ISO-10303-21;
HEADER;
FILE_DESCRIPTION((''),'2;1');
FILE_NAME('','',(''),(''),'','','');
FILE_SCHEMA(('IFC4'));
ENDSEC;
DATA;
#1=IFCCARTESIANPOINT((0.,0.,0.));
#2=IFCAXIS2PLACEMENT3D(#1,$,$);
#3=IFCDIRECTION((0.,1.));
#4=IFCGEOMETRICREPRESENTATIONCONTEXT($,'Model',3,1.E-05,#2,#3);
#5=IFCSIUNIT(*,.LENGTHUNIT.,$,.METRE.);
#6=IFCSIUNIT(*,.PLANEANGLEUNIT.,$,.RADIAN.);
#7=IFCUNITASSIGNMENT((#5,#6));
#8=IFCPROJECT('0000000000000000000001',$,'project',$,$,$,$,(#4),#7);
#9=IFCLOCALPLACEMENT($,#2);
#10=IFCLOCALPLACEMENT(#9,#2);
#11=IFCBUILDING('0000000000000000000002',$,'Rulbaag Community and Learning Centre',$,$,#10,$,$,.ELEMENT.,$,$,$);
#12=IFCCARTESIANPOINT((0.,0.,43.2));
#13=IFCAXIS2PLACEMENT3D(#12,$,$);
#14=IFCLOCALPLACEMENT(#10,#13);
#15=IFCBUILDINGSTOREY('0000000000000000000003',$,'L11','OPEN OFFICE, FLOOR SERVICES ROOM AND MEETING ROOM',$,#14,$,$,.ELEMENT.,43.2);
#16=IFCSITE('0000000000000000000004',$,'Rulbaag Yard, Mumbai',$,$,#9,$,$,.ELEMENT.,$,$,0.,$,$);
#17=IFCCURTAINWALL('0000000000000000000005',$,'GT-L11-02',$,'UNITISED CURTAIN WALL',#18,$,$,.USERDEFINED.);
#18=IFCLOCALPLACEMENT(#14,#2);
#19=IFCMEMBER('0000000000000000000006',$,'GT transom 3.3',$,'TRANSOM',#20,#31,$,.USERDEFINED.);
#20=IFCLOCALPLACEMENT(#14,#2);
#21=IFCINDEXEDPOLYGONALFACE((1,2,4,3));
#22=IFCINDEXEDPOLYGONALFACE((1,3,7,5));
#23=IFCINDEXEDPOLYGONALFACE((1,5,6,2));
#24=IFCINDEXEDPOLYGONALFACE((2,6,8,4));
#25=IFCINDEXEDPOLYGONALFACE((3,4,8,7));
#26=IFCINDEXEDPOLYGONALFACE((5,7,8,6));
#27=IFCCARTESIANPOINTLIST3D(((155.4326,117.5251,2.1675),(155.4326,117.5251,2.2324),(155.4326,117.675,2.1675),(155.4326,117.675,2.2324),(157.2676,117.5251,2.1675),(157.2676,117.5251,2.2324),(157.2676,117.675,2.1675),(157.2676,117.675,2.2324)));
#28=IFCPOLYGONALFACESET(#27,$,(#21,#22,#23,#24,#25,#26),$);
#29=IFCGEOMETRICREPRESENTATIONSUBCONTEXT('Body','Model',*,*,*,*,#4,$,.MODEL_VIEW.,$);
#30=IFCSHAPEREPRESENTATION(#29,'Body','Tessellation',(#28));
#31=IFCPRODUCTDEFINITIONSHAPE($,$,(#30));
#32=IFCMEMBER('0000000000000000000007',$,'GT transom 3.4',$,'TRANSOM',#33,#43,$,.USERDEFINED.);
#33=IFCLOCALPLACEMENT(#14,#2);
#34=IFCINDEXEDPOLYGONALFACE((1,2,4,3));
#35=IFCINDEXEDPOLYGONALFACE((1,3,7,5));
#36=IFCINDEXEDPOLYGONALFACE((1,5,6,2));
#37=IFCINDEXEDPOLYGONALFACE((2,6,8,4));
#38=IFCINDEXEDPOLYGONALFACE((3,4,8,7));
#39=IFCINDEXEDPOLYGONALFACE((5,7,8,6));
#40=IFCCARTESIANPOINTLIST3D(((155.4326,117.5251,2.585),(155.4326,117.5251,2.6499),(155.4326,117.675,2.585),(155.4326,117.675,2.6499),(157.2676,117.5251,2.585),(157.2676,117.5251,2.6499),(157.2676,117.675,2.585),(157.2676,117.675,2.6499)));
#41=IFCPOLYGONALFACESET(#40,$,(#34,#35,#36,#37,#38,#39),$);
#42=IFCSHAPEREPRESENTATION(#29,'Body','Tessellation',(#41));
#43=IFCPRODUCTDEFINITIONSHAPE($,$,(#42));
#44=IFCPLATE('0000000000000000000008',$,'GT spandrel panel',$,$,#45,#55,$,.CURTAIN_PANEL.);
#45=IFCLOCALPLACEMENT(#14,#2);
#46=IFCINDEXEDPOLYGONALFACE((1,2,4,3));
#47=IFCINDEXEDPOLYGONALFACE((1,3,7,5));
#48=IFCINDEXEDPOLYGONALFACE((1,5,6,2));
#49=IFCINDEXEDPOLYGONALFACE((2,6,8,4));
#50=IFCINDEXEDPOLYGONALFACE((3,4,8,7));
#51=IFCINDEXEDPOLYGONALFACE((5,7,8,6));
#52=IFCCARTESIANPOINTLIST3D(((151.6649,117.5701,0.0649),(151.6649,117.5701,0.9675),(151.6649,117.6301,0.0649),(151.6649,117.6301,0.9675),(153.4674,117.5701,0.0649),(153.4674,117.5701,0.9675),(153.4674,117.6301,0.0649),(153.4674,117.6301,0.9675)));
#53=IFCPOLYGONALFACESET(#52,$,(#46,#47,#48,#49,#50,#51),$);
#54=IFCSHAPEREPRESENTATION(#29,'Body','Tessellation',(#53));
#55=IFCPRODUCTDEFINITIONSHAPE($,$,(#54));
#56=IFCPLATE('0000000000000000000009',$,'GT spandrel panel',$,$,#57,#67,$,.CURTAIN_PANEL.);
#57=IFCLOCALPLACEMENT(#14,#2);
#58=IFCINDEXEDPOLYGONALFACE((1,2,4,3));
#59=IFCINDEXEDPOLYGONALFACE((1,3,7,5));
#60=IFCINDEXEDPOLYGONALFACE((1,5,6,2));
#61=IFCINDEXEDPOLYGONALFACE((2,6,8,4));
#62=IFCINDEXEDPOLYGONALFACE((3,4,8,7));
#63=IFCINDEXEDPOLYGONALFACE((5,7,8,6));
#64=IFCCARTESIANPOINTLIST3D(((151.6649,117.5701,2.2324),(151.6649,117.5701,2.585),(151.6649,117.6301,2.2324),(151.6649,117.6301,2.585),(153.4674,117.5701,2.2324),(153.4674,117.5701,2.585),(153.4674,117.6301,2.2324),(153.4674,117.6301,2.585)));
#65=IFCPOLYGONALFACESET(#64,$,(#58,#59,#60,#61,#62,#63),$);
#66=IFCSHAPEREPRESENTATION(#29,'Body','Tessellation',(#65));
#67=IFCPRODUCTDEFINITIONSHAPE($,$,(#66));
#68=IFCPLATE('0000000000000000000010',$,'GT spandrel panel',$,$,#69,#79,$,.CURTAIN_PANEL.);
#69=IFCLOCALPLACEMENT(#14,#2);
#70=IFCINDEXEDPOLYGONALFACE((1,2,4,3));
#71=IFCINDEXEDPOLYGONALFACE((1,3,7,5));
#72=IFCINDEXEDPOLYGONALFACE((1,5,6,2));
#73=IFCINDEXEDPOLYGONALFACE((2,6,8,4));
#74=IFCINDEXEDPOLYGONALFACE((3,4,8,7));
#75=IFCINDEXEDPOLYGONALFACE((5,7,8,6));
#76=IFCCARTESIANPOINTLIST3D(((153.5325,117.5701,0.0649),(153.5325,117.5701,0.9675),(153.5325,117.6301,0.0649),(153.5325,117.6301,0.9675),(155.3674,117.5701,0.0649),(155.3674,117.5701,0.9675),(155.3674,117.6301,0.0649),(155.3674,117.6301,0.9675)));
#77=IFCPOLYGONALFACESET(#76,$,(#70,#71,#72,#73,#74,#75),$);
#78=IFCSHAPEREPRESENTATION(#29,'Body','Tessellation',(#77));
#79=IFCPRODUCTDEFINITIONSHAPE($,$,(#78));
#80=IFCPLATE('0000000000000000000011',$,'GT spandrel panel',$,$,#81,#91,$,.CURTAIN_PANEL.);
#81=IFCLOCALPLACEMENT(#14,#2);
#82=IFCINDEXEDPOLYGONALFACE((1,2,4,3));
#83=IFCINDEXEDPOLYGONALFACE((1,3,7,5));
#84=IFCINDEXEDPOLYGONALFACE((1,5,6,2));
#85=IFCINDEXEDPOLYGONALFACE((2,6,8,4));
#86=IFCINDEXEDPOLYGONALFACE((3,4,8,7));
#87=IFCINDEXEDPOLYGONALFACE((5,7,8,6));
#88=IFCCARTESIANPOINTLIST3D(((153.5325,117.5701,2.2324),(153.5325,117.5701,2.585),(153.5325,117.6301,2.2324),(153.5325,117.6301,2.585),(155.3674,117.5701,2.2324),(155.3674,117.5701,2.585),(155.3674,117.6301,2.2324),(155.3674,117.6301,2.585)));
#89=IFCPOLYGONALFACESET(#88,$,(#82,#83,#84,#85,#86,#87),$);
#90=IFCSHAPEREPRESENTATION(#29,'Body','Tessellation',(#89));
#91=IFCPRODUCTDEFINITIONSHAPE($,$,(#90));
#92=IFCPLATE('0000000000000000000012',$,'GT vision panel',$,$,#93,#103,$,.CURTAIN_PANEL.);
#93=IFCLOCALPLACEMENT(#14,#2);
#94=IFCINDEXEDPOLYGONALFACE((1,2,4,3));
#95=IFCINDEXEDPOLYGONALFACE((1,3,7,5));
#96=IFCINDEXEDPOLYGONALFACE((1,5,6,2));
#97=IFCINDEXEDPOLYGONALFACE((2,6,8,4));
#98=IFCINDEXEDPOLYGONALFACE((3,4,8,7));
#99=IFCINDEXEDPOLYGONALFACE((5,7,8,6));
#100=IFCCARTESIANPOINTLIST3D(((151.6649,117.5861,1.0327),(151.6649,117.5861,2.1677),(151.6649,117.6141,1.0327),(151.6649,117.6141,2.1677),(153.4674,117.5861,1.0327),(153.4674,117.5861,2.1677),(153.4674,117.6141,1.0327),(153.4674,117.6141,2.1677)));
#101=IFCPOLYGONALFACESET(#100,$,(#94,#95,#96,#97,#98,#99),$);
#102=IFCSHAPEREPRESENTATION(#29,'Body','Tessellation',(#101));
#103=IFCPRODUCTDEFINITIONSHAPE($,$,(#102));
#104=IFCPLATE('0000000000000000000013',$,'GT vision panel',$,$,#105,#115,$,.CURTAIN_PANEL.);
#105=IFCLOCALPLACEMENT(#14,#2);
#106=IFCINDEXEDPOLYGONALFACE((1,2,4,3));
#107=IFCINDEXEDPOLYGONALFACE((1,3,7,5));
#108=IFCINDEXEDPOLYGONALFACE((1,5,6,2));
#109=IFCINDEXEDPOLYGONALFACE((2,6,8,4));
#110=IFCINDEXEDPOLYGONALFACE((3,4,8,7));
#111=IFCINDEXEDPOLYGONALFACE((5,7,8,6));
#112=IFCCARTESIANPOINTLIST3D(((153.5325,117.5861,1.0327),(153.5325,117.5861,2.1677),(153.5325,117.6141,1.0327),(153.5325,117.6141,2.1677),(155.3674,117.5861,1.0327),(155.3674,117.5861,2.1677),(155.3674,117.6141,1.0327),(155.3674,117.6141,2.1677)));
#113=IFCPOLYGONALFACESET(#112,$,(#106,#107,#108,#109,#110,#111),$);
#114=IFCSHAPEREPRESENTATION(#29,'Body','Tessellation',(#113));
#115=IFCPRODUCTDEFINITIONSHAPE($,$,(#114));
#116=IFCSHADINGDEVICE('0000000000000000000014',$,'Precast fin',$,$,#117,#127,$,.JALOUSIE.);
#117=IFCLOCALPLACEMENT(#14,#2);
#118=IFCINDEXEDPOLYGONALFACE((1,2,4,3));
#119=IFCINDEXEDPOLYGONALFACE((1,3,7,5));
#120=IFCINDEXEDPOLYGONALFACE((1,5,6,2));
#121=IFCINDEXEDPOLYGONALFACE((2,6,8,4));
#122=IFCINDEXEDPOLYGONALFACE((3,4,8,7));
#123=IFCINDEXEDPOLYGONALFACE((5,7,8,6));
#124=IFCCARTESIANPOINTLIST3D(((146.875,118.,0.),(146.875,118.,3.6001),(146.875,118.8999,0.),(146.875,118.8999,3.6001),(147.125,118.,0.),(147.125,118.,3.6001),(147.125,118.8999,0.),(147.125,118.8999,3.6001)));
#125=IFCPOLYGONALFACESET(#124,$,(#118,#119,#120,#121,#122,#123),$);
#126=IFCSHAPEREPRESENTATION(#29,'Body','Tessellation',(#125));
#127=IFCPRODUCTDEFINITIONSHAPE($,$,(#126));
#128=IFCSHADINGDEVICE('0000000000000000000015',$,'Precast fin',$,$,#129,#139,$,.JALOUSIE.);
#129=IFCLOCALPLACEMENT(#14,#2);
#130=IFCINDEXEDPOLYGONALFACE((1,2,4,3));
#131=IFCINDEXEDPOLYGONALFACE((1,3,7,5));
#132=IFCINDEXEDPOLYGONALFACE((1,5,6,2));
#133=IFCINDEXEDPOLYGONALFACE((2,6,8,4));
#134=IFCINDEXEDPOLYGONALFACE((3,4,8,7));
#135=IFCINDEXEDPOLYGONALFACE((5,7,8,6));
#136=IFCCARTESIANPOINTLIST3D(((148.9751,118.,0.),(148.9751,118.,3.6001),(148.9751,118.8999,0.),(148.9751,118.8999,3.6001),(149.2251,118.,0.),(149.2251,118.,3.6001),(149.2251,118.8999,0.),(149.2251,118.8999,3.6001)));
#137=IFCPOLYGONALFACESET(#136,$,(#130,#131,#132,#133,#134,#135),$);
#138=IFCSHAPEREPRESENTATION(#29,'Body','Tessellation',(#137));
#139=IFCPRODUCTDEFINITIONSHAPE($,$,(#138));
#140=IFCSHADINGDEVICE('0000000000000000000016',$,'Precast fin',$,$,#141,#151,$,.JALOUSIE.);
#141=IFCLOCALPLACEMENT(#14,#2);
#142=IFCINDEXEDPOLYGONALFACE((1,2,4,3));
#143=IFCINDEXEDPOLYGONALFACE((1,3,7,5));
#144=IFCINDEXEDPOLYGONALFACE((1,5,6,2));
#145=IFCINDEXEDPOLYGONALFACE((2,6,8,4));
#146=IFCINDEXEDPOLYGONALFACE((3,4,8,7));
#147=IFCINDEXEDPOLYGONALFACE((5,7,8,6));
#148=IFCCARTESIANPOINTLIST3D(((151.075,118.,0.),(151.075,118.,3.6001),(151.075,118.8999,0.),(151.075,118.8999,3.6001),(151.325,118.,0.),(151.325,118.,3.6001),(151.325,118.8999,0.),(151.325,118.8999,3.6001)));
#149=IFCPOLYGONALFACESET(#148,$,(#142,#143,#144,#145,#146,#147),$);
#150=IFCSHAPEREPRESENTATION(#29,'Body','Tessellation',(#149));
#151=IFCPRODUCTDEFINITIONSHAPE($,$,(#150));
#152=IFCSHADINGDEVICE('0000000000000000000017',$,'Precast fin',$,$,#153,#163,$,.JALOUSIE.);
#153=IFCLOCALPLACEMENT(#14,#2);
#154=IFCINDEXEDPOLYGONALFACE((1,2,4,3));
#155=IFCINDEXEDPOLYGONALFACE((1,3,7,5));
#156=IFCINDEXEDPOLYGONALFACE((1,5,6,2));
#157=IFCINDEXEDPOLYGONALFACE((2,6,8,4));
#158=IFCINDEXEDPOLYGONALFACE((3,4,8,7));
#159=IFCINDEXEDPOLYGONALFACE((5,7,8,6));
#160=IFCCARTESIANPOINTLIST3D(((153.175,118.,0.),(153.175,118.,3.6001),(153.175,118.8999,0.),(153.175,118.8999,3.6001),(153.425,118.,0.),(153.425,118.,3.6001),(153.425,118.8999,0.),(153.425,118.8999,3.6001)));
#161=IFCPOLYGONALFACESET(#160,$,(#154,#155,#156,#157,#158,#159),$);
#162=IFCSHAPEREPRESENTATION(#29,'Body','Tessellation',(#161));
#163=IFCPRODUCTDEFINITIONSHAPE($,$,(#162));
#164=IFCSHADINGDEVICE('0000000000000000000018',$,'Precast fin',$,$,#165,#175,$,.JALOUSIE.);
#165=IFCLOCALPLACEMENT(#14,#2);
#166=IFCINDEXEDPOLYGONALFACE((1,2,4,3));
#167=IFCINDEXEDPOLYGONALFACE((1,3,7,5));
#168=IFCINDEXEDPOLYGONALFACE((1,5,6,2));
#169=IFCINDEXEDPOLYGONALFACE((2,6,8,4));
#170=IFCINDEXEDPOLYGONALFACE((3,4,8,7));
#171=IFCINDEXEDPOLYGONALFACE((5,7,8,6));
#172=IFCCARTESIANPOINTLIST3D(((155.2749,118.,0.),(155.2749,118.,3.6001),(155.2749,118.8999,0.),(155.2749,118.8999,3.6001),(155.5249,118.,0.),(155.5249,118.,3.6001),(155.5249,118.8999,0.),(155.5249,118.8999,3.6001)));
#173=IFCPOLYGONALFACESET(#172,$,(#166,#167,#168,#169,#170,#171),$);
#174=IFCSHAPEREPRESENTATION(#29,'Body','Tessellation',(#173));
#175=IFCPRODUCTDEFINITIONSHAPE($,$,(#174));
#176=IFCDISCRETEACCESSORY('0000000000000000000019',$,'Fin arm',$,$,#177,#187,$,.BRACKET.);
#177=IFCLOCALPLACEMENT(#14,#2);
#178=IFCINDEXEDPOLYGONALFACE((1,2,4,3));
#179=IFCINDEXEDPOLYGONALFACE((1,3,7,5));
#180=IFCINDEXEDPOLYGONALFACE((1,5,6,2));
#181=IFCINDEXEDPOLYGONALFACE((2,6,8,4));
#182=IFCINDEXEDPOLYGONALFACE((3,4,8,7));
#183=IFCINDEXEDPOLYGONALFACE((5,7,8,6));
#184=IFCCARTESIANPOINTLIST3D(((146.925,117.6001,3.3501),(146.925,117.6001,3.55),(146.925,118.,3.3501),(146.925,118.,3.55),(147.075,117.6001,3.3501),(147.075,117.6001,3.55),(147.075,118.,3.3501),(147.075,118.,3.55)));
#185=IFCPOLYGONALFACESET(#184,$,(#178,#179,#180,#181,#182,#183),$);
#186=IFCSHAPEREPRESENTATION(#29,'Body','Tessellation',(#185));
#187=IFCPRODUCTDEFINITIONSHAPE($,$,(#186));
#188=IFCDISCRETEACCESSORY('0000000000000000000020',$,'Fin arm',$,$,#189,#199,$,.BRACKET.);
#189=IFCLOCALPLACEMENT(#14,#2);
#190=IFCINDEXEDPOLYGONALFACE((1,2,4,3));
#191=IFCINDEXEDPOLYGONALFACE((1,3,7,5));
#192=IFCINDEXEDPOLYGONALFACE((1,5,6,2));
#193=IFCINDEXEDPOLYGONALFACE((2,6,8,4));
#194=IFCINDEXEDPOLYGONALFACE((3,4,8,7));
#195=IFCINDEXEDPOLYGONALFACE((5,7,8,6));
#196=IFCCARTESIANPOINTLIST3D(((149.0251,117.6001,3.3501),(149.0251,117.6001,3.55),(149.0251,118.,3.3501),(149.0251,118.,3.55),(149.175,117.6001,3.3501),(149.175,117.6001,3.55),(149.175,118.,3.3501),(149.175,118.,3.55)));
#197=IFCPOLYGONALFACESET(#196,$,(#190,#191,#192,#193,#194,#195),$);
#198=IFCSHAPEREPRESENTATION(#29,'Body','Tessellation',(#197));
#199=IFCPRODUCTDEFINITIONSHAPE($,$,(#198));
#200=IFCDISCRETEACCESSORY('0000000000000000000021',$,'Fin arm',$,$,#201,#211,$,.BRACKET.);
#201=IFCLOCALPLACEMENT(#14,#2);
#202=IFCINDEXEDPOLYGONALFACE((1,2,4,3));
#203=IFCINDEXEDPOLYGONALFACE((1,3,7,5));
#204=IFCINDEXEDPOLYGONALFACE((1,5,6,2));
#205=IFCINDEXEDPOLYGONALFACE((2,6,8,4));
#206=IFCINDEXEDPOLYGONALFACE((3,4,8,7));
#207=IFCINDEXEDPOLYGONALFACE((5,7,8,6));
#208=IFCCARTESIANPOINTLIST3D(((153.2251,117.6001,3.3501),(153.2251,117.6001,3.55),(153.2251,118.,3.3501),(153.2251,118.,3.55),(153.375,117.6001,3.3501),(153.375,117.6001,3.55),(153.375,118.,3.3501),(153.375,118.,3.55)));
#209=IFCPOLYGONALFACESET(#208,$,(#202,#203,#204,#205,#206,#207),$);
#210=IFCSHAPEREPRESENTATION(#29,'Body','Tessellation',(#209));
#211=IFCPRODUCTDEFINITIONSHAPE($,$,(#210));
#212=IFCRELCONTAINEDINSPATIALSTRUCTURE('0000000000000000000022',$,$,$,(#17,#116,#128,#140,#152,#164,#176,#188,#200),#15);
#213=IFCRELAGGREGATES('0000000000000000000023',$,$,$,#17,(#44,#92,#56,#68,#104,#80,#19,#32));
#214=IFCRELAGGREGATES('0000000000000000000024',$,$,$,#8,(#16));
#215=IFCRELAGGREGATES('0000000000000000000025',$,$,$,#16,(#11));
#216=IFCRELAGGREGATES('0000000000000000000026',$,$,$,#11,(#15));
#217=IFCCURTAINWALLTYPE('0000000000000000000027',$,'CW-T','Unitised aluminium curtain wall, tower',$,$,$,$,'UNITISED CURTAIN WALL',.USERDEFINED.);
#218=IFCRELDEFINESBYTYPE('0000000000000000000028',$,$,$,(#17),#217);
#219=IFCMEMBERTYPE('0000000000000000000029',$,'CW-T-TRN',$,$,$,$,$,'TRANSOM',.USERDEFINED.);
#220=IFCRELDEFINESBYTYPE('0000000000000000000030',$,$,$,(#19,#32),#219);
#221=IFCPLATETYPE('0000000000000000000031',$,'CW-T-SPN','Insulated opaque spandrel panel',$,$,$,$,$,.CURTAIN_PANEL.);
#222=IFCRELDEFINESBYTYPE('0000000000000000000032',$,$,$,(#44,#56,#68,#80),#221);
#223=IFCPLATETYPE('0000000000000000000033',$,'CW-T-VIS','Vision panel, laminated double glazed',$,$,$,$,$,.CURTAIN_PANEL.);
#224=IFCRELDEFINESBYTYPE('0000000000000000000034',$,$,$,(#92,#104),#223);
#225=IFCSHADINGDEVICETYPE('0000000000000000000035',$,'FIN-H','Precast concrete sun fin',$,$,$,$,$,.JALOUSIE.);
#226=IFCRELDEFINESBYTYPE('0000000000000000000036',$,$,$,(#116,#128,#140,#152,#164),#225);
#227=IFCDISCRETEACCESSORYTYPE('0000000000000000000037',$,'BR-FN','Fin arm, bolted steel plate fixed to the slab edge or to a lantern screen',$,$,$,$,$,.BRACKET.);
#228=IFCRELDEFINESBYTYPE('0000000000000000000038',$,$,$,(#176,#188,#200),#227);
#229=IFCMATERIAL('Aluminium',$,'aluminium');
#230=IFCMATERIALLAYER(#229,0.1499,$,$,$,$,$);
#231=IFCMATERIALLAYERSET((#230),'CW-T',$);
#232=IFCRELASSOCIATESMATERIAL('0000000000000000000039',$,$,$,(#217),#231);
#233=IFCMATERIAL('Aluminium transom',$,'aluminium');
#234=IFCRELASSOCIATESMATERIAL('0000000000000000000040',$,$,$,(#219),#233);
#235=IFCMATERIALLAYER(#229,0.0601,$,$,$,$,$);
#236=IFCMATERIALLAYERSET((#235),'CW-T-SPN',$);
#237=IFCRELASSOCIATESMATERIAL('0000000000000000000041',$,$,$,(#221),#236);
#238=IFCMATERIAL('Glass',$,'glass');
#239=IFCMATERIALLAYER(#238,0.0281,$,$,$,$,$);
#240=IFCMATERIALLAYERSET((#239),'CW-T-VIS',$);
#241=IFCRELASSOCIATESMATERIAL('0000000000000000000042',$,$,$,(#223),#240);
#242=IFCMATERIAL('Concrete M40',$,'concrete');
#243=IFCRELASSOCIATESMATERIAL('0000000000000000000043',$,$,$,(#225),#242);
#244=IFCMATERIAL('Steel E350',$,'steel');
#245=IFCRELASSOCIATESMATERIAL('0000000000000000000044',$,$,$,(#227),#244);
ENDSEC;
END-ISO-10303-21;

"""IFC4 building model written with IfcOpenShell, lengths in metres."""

from ifc_helpers import new_model, si_unit, direction, frame, origin, origin_2d, place, context, subcontext, project, spatial, rectangle, extrude, material, layer, layer_set, material_profile, profile_set, type_object, element, aggregate, save


model = new_model("IFC4")

# Units and contexts
model_context = context("Model", 3, precision=1e-05, world=origin(), true_north=direction((0.0, 1.0)))
body_context = subcontext(model_context, "Body", "Model", "MODEL_VIEW")
ifc_project = project(units=[si_unit("LENGTHUNIT", "METRE"), si_unit("PLANEANGLEUNIT", "RADIAN")], contexts=[model_context])

# Site, building, storey
site_placement = place(None, origin())
site = spatial("IfcSite", under=ifc_project, at=site_placement, Name="Rulbaag Yard, Mumbai", CompositionType="ELEMENT", RefElevation=0.0)
building_placement = place(site_placement, origin())
building = spatial("IfcBuilding", under=site, at=building_placement, Name="Rulbaag Community and Learning Centre", CompositionType="ELEMENT")
storey_placement = place(building_placement, frame((0.0, 0.0, 43.2)))
storey = spatial("IfcBuildingStorey", under=building, at=storey_placement, Name="L11", Description="OPEN OFFICE, FLOOR SERVICES ROOM AND MEETING ROOM", CompositionType="ELEMENT", Elevation=43.2)

# Shared definitions
ifc_material_1 = material(Name="Concrete M40", Category="concrete")

# Curtain wall, members, plates
ifc_material_2 = material(Name="Aluminium", Category="aluminium")
ifc_layer_1 = layer(ifc_material_2, 0.1499)
ifc_layer_set_1 = layer_set([ifc_layer_1], Name="CW-T")
curtain_wall_type = type_object("IfcCurtainWallType", Name="CW-T", Description="Unitised aluminium curtain wall, tower", ElementType="UNITISED CURTAIN WALL", PredefinedType="USERDEFINED", material=ifc_layer_set_1)
curtain_wall_placement = place(storey_placement, origin())
curtain_wall = element("IfcCurtainWall", 1, at=curtain_wall_placement, inside=storey, type_object=curtain_wall_type, Name="GT-L11-02", ObjectType="UNITISED CURTAIN WALL", PredefinedType="USERDEFINED")
ifc_material_3 = material(Name="Aluminium transom", Category="aluminium")
ifc_material_profile_1 = material_profile(ifc_material_3, rectangle(XDim=0.1499, YDim=0.0649, at=origin_2d()), Name="AL 65x150 T")
ifc_profile_set_1 = profile_set([ifc_material_profile_1], Name="Aluminium transom")
member_type_1 = type_object("IfcMemberType", Name="CW-T-TRN", ElementType="TRANSOM", PredefinedType="USERDEFINED", material=ifc_profile_set_1)
member_1_placement = place(storey_placement, frame((155.4326, 117.6001, 2.2), z_axis=(1.0, 0.0, 0.0), x_axis=(0.0, 1.0, 0.0)))
member_1 = element("IfcMember", 2, at=member_1_placement, type_object=member_type_1, Name="GT transom 3.3", ObjectType="TRANSOM", PredefinedType="USERDEFINED", context=body_context, shape_type="SweptSolid", body=[
    extrude(rectangle(XDim=0.1499, YDim=0.0649, at=origin_2d()), origin(), (0.0, 0.0, 1.0), 1.835),
])
member_2_placement = place(storey_placement, frame((155.4326, 117.6001, 2.6174), z_axis=(1.0, 0.0, 0.0), x_axis=(0.0, 1.0, 0.0)))
member_2 = element("IfcMember", 3, at=member_2_placement, type_object=member_type_1, Name="GT transom 3.4", ObjectType="TRANSOM", PredefinedType="USERDEFINED", context=body_context, shape_type="SweptSolid", body=[
    extrude(rectangle(XDim=0.1499, YDim=0.0649, at=origin_2d()), origin(), (0.0, 0.0, 1.0), 1.835),
])
ifc_layer_2 = layer(ifc_material_2, 0.0601)
ifc_layer_set_2 = layer_set([ifc_layer_2], Name="CW-T-SPN")
plate_type_1 = type_object("IfcPlateType", Name="CW-T-SPN", Description="Insulated opaque spandrel panel", PredefinedType="CURTAIN_PANEL", material=ifc_layer_set_2)
plate_1_placement = place(storey_placement, frame((152.5662, 117.6001, 0.0649), z_axis=(0.0, 0.0, 1.0), x_axis=(1.0, 0.0, 0.0)))
plate_1 = element("IfcPlate", 4, at=plate_1_placement, type_object=plate_type_1, Name="GT spandrel panel", PredefinedType="CURTAIN_PANEL", context=body_context, shape_type="SweptSolid", body=[
    extrude(rectangle(XDim=1.8025, YDim=0.0601, at=origin_2d()), origin(), (0.0, 0.0, 1.0), 0.9026),
])
plate_2_placement = place(storey_placement, frame((152.5662, 117.6001, 2.2324), z_axis=(0.0, 0.0, 1.0), x_axis=(1.0, 0.0, 0.0)))
plate_2 = element("IfcPlate", 5, at=plate_2_placement, type_object=plate_type_1, Name="GT spandrel panel", PredefinedType="CURTAIN_PANEL", context=body_context, shape_type="SweptSolid", body=[
    extrude(rectangle(XDim=1.8025, YDim=0.0601, at=origin_2d()), origin(), (0.0, 0.0, 1.0), 0.3525),
])
plate_3_placement = place(storey_placement, frame((154.45, 117.6001, 0.0649), z_axis=(0.0, 0.0, 1.0), x_axis=(1.0, 0.0, 0.0)))
plate_3 = element("IfcPlate", 6, at=plate_3_placement, type_object=plate_type_1, Name="GT spandrel panel", PredefinedType="CURTAIN_PANEL", context=body_context, shape_type="SweptSolid", body=[
    extrude(rectangle(XDim=1.835, YDim=0.0601, at=origin_2d()), origin(), (0.0, 0.0, 1.0), 0.9026),
])
plate_4_placement = place(storey_placement, frame((154.45, 117.6001, 2.2324), z_axis=(0.0, 0.0, 1.0), x_axis=(1.0, 0.0, 0.0)))
plate_4 = element("IfcPlate", 7, at=plate_4_placement, type_object=plate_type_1, Name="GT spandrel panel", PredefinedType="CURTAIN_PANEL", context=body_context, shape_type="SweptSolid", body=[
    extrude(rectangle(XDim=1.835, YDim=0.0601, at=origin_2d()), origin(), (0.0, 0.0, 1.0), 0.3525),
])
ifc_material_4 = material(Name="Glass", Category="glass")
ifc_layer_3 = layer(ifc_material_4, 0.0281)
ifc_layer_set_3 = layer_set([ifc_layer_3], Name="CW-T-VIS")
plate_type_2 = type_object("IfcPlateType", Name="CW-T-VIS", Description="Vision panel, laminated double glazed", PredefinedType="CURTAIN_PANEL", material=ifc_layer_set_3)
plate_5_placement = place(storey_placement, frame((152.5662, 117.6001, 1.0327), z_axis=(0.0, 0.0, 1.0), x_axis=(1.0, 0.0, 0.0)))
plate_5 = element("IfcPlate", 8, at=plate_5_placement, type_object=plate_type_2, Name="GT vision panel", PredefinedType="CURTAIN_PANEL", context=body_context, shape_type="SweptSolid", body=[
    extrude(rectangle(XDim=1.8025, YDim=0.0281, at=origin_2d()), origin(), (0.0, 0.0, 1.0), 1.135),
])
plate_6_placement = place(storey_placement, frame((154.45, 117.6001, 1.0327), z_axis=(0.0, 0.0, 1.0), x_axis=(1.0, 0.0, 0.0)))
plate_6 = element("IfcPlate", 9, at=plate_6_placement, type_object=plate_type_2, Name="GT vision panel", PredefinedType="CURTAIN_PANEL", context=body_context, shape_type="SweptSolid", body=[
    extrude(rectangle(XDim=1.835, YDim=0.0281, at=origin_2d()), origin(), (0.0, 0.0, 1.0), 1.135),
])
aggregate(curtain_wall, [plate_1, plate_5, plate_2, plate_3, plate_6, plate_4, member_1, member_2])

# Shading devices
ifc_material_profile_2 = material_profile(ifc_material_1, rectangle(XDim=0.25, YDim=0.8999, at=origin_2d()), Name="PC 250x900")
ifc_profile_set_2 = profile_set([ifc_material_profile_2], Name="Concrete M40")
shading_device_type = type_object("IfcShadingDeviceType", Name="FIN-H", Description="Precast concrete sun fin", PredefinedType="JALOUSIE", material=ifc_profile_set_2)
for number, where, z_axis, x_axis, name in (
    (10, (147.0, 118.45, 0.0), (0.0, 0.0, 1.0), (1.0, 0.0, 0.0), "Precast fin"),
    (11, (149.1001, 118.45, 0.0), (0.0, 0.0, 1.0), (1.0, 0.0, 0.0), "Precast fin"),
    (12, (151.2, 118.45, 0.0), (0.0, 0.0, 1.0), (1.0, 0.0, 0.0), "Precast fin"),
    (13, (153.3, 118.45, 0.0), (0.0, 0.0, 1.0), (1.0, 0.0, 0.0), "Precast fin"),
    (14, (155.3999, 118.45, 0.0), (0.0, 0.0, 1.0), (1.0, 0.0, 0.0), "Precast fin"),
):
    element("IfcShadingDevice", number, at=place(storey_placement, frame(where, z_axis=z_axis, x_axis=x_axis)), inside=storey, type_object=shading_device_type, Name=name, PredefinedType="JALOUSIE", context=body_context, shape_type="SweptSolid", body=[
        extrude(rectangle(XDim=0.25, YDim=0.8999, at=origin_2d()), origin(), (0.0, 0.0, 1.0), 3.6001),
    ])

# Discrete accessories
ifc_material_5 = material(Name="Steel E350", Category="steel")
discrete_accessory_type = type_object("IfcDiscreteAccessoryType", Name="BR-FN", Description="Fin arm, bolted steel plate fixed to the slab edge or to a lantern screen", PredefinedType="BRACKET", material=ifc_material_5)
for number, where, z_axis, x_axis, name in (
    (15, (147.0, 117.8, 3.3501), (0.0, 0.0, 1.0), (1.0, 0.0, 0.0), "Fin arm"),
    (16, (149.1001, 117.8, 3.3501), (0.0, 0.0, 1.0), (1.0, 0.0, 0.0), "Fin arm"),
    (17, (153.3, 117.8, 3.3501), (0.0, 0.0, 1.0), (1.0, 0.0, 0.0), "Fin arm"),
):
    element("IfcDiscreteAccessory", number, at=place(storey_placement, frame(where, z_axis=z_axis, x_axis=x_axis)), inside=storey, type_object=discrete_accessory_type, Name=name, PredefinedType="BRACKET", context=body_context, shape_type="SweptSolid", body=[
        extrude(rectangle(XDim=0.1499, YDim=0.3999, at=origin_2d()), origin(), (0.0, 0.0, 1.0), 0.2),
    ])

save(model, "model.ifc")
